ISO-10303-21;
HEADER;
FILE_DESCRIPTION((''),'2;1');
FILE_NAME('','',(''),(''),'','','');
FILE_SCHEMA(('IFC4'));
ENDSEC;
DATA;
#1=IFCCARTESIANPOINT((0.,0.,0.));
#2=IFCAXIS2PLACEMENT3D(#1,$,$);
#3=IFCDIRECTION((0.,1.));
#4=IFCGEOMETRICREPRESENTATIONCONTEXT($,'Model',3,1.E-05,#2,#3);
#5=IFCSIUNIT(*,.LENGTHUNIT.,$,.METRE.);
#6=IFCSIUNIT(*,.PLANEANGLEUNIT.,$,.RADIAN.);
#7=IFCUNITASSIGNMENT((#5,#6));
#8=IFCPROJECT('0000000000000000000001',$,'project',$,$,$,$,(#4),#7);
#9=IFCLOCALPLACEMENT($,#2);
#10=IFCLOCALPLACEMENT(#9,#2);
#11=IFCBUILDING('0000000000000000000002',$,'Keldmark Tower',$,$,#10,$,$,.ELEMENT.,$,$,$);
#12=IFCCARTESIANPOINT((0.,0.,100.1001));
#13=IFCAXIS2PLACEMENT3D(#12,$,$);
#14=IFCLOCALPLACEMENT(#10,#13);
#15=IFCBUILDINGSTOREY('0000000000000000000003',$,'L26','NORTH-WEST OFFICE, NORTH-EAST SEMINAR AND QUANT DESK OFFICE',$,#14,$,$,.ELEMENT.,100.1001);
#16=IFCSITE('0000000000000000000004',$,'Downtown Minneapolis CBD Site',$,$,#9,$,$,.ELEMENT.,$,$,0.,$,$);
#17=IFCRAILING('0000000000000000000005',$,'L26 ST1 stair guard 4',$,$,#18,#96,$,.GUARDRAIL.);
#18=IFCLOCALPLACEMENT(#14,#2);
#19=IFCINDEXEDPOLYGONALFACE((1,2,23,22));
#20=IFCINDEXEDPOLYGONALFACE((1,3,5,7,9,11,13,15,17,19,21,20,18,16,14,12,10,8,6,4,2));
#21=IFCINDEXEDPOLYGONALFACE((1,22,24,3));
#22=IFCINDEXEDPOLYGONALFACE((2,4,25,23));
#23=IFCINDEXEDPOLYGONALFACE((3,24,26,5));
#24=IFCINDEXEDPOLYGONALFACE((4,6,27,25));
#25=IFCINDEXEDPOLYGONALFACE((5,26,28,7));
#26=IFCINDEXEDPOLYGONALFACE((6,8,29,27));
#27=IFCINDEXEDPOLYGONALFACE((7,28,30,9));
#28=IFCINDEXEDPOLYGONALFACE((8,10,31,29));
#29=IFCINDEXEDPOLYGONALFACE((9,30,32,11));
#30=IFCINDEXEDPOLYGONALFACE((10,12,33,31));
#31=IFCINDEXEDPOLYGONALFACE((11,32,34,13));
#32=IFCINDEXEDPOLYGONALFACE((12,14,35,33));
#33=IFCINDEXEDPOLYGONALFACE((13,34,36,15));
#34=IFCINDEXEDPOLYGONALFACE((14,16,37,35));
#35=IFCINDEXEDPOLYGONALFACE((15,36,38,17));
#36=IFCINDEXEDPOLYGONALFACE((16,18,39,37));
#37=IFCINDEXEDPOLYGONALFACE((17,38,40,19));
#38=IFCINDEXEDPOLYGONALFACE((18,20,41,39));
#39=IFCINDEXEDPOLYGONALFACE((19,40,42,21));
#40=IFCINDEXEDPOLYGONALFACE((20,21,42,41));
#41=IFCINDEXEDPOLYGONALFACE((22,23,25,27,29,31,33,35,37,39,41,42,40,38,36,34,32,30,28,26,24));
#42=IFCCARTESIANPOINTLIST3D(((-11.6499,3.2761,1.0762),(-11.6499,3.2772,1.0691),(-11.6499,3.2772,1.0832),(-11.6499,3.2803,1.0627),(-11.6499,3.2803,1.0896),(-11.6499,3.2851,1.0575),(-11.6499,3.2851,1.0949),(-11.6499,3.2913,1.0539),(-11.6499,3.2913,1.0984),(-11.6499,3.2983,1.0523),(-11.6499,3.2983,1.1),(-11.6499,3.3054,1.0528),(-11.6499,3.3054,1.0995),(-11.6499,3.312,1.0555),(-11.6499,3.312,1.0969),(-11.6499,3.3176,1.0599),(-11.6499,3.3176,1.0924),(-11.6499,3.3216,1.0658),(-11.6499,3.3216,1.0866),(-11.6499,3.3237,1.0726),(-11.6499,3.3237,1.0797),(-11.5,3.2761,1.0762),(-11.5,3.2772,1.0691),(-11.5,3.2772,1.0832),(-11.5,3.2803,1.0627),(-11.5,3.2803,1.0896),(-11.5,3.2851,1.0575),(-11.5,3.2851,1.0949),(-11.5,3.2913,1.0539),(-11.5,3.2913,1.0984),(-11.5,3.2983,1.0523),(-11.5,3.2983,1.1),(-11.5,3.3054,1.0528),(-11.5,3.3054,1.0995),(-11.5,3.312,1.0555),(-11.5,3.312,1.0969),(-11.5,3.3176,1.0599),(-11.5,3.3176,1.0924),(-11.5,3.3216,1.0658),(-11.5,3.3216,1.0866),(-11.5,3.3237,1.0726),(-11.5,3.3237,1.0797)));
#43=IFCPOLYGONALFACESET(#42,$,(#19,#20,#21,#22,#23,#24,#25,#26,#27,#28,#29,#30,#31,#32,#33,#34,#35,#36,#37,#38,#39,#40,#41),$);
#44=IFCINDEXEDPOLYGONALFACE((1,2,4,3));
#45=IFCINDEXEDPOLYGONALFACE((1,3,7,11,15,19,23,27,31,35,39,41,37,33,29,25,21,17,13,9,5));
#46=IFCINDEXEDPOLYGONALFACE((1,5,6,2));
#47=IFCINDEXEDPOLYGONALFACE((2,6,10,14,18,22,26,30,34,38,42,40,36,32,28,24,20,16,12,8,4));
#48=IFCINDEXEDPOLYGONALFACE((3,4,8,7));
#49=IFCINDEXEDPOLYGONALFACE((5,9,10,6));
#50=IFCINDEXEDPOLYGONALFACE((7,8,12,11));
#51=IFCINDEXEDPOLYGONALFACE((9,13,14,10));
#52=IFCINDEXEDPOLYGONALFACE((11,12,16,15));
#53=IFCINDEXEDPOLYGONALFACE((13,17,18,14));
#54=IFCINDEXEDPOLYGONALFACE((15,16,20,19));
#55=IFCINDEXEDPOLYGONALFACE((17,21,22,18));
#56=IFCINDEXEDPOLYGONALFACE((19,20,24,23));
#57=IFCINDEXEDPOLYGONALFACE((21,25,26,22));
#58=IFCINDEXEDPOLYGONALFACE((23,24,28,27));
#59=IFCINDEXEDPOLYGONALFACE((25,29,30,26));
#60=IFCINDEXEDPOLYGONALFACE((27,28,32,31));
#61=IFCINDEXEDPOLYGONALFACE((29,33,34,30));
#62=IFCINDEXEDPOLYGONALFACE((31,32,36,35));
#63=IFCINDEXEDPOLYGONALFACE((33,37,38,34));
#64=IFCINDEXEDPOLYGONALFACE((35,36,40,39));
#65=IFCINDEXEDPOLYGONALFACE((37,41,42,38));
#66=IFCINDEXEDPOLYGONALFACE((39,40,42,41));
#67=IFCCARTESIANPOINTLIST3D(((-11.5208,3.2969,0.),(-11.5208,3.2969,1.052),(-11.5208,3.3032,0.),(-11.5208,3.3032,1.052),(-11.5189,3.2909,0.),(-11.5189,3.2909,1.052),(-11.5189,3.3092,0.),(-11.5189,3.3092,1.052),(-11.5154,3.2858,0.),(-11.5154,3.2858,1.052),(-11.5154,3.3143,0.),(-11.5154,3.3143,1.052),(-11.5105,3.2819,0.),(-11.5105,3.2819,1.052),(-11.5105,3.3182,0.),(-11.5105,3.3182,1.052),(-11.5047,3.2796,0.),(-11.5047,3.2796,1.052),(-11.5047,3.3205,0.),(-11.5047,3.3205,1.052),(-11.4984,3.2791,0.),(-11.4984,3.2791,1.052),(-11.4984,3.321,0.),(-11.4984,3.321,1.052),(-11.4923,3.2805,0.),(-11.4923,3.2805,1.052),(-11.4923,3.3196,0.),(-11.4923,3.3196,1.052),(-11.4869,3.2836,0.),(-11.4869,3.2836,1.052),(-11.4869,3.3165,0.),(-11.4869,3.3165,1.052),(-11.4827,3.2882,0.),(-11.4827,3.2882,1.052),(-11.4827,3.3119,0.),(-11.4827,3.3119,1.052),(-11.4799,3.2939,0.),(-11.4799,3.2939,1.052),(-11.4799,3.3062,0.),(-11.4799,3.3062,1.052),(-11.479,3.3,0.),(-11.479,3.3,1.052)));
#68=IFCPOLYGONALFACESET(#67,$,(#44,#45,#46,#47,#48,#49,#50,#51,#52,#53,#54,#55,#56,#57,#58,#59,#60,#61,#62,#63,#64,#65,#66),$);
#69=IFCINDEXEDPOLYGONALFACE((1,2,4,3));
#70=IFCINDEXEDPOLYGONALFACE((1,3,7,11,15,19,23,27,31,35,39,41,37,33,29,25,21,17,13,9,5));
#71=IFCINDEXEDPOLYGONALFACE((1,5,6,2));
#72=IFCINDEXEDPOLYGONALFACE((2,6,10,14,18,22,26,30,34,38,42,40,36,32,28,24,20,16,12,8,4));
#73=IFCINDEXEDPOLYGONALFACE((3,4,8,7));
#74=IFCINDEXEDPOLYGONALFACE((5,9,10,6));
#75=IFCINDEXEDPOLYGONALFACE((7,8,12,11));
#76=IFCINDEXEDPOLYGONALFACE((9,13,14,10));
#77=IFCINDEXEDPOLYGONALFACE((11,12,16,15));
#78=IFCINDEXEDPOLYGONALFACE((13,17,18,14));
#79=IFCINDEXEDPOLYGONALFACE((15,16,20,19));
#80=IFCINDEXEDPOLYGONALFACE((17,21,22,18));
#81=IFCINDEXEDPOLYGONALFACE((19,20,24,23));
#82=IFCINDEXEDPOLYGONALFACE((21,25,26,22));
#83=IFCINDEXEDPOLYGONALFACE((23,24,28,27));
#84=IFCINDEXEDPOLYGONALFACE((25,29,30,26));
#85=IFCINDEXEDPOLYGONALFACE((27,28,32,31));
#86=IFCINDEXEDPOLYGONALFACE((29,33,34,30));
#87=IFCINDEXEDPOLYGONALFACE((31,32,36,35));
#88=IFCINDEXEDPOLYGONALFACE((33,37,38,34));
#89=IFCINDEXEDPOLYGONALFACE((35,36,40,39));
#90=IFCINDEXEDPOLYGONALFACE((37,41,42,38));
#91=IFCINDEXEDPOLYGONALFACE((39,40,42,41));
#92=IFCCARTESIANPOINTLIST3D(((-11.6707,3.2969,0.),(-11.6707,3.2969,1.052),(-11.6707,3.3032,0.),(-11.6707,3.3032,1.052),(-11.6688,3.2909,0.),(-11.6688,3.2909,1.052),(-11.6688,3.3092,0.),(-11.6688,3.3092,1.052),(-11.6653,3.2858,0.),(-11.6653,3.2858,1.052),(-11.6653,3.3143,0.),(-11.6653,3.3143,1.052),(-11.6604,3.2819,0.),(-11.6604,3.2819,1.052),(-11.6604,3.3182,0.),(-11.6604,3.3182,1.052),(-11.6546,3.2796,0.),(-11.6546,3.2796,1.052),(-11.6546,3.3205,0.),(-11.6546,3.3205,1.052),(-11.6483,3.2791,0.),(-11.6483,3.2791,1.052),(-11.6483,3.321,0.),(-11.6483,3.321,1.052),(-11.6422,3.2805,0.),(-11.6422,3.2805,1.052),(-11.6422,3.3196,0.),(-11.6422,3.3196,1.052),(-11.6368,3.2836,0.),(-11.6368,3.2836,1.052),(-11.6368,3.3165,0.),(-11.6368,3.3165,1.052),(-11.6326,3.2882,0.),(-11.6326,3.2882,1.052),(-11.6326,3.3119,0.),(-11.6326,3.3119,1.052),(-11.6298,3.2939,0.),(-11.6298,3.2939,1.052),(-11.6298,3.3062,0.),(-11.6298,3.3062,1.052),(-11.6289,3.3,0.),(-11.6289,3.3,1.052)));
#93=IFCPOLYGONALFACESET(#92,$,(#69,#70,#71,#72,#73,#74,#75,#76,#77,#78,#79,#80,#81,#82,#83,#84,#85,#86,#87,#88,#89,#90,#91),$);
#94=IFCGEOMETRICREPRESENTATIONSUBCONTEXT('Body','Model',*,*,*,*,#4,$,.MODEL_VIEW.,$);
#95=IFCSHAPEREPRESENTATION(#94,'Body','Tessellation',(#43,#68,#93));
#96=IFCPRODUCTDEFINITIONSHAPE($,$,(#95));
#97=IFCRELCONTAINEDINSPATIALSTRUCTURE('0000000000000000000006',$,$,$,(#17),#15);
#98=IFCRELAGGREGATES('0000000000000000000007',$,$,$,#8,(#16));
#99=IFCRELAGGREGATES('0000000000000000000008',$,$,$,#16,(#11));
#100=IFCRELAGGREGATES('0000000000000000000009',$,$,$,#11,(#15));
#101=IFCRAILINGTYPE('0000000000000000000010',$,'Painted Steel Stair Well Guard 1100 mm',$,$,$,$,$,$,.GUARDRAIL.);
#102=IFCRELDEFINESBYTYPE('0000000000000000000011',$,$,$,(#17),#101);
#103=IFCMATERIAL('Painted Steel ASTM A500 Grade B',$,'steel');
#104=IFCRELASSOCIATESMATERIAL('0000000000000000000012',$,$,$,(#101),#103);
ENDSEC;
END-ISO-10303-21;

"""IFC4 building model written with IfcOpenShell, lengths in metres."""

from ifc_helpers import new_model, si_unit, direction, frame, origin, origin_2d, place, context, subcontext, project, spatial, circle, extrude, material, type_object, element, save


model = new_model("IFC4")

# Units and contexts
model_context = context("Model", 3, precision=1e-05, world=origin(), true_north=direction((0.0, 1.0)))
body_context = subcontext(model_context, "Body", "Model", "MODEL_VIEW")
ifc_project = project(units=[si_unit("LENGTHUNIT", "METRE"), si_unit("PLANEANGLEUNIT", "RADIAN")], contexts=[model_context])

# Site, building, storey
site_placement = place(None, origin())
site = spatial("IfcSite", under=ifc_project, at=site_placement, Name="Downtown Minneapolis CBD Site", CompositionType="ELEMENT", RefElevation=0.0)
building_placement = place(site_placement, origin())
building = spatial("IfcBuilding", under=site, at=building_placement, Name="Keldmark Tower", CompositionType="ELEMENT")
storey_placement = place(building_placement, frame((0.0, 0.0, 100.1001)))
storey = spatial("IfcBuildingStorey", under=building, at=storey_placement, Name="L26", Description="NORTH-WEST OFFICE, NORTH-EAST SEMINAR AND QUANT DESK OFFICE", CompositionType="ELEMENT", Elevation=100.1001)

# Railing
ifc_material_1 = material(Name="Painted Steel ASTM A500 Grade B", Category="steel")
railing_type_1 = type_object("IfcRailingType", Name="Painted Steel Stair Well Guard 1100 mm", PredefinedType="GUARDRAIL", material=ifc_material_1)
railing_1_placement = place(storey_placement, frame((-11.5, 3.3, 0.0)))
element("IfcRailing", 1, at=railing_1_placement, inside=storey, type_object=railing_type_1, Name="L26 ST1 stair guard 4", PredefinedType="GUARDRAIL", context=body_context, shape_type="SweptSolid", body=[
    extrude(circle(Radius=0.0239, at=origin_2d()), frame((0.0, 0.0, 1.0762), z_axis=(-1.0, 0.0, 0.0), x_axis=(0.0, -1.0, 0.0)), (0.0, 0.0, 1.0), 0.1499),
    extrude(circle(Radius=0.021, at=origin_2d()), origin(), (0.0, 0.0, 1.0), 1.052),
    extrude(circle(Radius=0.021, at=origin_2d()), frame((-0.1499, 0.0, 0.0)), (0.0, 0.0, 1.0), 1.052),
])

save(model, "model.ifc")
